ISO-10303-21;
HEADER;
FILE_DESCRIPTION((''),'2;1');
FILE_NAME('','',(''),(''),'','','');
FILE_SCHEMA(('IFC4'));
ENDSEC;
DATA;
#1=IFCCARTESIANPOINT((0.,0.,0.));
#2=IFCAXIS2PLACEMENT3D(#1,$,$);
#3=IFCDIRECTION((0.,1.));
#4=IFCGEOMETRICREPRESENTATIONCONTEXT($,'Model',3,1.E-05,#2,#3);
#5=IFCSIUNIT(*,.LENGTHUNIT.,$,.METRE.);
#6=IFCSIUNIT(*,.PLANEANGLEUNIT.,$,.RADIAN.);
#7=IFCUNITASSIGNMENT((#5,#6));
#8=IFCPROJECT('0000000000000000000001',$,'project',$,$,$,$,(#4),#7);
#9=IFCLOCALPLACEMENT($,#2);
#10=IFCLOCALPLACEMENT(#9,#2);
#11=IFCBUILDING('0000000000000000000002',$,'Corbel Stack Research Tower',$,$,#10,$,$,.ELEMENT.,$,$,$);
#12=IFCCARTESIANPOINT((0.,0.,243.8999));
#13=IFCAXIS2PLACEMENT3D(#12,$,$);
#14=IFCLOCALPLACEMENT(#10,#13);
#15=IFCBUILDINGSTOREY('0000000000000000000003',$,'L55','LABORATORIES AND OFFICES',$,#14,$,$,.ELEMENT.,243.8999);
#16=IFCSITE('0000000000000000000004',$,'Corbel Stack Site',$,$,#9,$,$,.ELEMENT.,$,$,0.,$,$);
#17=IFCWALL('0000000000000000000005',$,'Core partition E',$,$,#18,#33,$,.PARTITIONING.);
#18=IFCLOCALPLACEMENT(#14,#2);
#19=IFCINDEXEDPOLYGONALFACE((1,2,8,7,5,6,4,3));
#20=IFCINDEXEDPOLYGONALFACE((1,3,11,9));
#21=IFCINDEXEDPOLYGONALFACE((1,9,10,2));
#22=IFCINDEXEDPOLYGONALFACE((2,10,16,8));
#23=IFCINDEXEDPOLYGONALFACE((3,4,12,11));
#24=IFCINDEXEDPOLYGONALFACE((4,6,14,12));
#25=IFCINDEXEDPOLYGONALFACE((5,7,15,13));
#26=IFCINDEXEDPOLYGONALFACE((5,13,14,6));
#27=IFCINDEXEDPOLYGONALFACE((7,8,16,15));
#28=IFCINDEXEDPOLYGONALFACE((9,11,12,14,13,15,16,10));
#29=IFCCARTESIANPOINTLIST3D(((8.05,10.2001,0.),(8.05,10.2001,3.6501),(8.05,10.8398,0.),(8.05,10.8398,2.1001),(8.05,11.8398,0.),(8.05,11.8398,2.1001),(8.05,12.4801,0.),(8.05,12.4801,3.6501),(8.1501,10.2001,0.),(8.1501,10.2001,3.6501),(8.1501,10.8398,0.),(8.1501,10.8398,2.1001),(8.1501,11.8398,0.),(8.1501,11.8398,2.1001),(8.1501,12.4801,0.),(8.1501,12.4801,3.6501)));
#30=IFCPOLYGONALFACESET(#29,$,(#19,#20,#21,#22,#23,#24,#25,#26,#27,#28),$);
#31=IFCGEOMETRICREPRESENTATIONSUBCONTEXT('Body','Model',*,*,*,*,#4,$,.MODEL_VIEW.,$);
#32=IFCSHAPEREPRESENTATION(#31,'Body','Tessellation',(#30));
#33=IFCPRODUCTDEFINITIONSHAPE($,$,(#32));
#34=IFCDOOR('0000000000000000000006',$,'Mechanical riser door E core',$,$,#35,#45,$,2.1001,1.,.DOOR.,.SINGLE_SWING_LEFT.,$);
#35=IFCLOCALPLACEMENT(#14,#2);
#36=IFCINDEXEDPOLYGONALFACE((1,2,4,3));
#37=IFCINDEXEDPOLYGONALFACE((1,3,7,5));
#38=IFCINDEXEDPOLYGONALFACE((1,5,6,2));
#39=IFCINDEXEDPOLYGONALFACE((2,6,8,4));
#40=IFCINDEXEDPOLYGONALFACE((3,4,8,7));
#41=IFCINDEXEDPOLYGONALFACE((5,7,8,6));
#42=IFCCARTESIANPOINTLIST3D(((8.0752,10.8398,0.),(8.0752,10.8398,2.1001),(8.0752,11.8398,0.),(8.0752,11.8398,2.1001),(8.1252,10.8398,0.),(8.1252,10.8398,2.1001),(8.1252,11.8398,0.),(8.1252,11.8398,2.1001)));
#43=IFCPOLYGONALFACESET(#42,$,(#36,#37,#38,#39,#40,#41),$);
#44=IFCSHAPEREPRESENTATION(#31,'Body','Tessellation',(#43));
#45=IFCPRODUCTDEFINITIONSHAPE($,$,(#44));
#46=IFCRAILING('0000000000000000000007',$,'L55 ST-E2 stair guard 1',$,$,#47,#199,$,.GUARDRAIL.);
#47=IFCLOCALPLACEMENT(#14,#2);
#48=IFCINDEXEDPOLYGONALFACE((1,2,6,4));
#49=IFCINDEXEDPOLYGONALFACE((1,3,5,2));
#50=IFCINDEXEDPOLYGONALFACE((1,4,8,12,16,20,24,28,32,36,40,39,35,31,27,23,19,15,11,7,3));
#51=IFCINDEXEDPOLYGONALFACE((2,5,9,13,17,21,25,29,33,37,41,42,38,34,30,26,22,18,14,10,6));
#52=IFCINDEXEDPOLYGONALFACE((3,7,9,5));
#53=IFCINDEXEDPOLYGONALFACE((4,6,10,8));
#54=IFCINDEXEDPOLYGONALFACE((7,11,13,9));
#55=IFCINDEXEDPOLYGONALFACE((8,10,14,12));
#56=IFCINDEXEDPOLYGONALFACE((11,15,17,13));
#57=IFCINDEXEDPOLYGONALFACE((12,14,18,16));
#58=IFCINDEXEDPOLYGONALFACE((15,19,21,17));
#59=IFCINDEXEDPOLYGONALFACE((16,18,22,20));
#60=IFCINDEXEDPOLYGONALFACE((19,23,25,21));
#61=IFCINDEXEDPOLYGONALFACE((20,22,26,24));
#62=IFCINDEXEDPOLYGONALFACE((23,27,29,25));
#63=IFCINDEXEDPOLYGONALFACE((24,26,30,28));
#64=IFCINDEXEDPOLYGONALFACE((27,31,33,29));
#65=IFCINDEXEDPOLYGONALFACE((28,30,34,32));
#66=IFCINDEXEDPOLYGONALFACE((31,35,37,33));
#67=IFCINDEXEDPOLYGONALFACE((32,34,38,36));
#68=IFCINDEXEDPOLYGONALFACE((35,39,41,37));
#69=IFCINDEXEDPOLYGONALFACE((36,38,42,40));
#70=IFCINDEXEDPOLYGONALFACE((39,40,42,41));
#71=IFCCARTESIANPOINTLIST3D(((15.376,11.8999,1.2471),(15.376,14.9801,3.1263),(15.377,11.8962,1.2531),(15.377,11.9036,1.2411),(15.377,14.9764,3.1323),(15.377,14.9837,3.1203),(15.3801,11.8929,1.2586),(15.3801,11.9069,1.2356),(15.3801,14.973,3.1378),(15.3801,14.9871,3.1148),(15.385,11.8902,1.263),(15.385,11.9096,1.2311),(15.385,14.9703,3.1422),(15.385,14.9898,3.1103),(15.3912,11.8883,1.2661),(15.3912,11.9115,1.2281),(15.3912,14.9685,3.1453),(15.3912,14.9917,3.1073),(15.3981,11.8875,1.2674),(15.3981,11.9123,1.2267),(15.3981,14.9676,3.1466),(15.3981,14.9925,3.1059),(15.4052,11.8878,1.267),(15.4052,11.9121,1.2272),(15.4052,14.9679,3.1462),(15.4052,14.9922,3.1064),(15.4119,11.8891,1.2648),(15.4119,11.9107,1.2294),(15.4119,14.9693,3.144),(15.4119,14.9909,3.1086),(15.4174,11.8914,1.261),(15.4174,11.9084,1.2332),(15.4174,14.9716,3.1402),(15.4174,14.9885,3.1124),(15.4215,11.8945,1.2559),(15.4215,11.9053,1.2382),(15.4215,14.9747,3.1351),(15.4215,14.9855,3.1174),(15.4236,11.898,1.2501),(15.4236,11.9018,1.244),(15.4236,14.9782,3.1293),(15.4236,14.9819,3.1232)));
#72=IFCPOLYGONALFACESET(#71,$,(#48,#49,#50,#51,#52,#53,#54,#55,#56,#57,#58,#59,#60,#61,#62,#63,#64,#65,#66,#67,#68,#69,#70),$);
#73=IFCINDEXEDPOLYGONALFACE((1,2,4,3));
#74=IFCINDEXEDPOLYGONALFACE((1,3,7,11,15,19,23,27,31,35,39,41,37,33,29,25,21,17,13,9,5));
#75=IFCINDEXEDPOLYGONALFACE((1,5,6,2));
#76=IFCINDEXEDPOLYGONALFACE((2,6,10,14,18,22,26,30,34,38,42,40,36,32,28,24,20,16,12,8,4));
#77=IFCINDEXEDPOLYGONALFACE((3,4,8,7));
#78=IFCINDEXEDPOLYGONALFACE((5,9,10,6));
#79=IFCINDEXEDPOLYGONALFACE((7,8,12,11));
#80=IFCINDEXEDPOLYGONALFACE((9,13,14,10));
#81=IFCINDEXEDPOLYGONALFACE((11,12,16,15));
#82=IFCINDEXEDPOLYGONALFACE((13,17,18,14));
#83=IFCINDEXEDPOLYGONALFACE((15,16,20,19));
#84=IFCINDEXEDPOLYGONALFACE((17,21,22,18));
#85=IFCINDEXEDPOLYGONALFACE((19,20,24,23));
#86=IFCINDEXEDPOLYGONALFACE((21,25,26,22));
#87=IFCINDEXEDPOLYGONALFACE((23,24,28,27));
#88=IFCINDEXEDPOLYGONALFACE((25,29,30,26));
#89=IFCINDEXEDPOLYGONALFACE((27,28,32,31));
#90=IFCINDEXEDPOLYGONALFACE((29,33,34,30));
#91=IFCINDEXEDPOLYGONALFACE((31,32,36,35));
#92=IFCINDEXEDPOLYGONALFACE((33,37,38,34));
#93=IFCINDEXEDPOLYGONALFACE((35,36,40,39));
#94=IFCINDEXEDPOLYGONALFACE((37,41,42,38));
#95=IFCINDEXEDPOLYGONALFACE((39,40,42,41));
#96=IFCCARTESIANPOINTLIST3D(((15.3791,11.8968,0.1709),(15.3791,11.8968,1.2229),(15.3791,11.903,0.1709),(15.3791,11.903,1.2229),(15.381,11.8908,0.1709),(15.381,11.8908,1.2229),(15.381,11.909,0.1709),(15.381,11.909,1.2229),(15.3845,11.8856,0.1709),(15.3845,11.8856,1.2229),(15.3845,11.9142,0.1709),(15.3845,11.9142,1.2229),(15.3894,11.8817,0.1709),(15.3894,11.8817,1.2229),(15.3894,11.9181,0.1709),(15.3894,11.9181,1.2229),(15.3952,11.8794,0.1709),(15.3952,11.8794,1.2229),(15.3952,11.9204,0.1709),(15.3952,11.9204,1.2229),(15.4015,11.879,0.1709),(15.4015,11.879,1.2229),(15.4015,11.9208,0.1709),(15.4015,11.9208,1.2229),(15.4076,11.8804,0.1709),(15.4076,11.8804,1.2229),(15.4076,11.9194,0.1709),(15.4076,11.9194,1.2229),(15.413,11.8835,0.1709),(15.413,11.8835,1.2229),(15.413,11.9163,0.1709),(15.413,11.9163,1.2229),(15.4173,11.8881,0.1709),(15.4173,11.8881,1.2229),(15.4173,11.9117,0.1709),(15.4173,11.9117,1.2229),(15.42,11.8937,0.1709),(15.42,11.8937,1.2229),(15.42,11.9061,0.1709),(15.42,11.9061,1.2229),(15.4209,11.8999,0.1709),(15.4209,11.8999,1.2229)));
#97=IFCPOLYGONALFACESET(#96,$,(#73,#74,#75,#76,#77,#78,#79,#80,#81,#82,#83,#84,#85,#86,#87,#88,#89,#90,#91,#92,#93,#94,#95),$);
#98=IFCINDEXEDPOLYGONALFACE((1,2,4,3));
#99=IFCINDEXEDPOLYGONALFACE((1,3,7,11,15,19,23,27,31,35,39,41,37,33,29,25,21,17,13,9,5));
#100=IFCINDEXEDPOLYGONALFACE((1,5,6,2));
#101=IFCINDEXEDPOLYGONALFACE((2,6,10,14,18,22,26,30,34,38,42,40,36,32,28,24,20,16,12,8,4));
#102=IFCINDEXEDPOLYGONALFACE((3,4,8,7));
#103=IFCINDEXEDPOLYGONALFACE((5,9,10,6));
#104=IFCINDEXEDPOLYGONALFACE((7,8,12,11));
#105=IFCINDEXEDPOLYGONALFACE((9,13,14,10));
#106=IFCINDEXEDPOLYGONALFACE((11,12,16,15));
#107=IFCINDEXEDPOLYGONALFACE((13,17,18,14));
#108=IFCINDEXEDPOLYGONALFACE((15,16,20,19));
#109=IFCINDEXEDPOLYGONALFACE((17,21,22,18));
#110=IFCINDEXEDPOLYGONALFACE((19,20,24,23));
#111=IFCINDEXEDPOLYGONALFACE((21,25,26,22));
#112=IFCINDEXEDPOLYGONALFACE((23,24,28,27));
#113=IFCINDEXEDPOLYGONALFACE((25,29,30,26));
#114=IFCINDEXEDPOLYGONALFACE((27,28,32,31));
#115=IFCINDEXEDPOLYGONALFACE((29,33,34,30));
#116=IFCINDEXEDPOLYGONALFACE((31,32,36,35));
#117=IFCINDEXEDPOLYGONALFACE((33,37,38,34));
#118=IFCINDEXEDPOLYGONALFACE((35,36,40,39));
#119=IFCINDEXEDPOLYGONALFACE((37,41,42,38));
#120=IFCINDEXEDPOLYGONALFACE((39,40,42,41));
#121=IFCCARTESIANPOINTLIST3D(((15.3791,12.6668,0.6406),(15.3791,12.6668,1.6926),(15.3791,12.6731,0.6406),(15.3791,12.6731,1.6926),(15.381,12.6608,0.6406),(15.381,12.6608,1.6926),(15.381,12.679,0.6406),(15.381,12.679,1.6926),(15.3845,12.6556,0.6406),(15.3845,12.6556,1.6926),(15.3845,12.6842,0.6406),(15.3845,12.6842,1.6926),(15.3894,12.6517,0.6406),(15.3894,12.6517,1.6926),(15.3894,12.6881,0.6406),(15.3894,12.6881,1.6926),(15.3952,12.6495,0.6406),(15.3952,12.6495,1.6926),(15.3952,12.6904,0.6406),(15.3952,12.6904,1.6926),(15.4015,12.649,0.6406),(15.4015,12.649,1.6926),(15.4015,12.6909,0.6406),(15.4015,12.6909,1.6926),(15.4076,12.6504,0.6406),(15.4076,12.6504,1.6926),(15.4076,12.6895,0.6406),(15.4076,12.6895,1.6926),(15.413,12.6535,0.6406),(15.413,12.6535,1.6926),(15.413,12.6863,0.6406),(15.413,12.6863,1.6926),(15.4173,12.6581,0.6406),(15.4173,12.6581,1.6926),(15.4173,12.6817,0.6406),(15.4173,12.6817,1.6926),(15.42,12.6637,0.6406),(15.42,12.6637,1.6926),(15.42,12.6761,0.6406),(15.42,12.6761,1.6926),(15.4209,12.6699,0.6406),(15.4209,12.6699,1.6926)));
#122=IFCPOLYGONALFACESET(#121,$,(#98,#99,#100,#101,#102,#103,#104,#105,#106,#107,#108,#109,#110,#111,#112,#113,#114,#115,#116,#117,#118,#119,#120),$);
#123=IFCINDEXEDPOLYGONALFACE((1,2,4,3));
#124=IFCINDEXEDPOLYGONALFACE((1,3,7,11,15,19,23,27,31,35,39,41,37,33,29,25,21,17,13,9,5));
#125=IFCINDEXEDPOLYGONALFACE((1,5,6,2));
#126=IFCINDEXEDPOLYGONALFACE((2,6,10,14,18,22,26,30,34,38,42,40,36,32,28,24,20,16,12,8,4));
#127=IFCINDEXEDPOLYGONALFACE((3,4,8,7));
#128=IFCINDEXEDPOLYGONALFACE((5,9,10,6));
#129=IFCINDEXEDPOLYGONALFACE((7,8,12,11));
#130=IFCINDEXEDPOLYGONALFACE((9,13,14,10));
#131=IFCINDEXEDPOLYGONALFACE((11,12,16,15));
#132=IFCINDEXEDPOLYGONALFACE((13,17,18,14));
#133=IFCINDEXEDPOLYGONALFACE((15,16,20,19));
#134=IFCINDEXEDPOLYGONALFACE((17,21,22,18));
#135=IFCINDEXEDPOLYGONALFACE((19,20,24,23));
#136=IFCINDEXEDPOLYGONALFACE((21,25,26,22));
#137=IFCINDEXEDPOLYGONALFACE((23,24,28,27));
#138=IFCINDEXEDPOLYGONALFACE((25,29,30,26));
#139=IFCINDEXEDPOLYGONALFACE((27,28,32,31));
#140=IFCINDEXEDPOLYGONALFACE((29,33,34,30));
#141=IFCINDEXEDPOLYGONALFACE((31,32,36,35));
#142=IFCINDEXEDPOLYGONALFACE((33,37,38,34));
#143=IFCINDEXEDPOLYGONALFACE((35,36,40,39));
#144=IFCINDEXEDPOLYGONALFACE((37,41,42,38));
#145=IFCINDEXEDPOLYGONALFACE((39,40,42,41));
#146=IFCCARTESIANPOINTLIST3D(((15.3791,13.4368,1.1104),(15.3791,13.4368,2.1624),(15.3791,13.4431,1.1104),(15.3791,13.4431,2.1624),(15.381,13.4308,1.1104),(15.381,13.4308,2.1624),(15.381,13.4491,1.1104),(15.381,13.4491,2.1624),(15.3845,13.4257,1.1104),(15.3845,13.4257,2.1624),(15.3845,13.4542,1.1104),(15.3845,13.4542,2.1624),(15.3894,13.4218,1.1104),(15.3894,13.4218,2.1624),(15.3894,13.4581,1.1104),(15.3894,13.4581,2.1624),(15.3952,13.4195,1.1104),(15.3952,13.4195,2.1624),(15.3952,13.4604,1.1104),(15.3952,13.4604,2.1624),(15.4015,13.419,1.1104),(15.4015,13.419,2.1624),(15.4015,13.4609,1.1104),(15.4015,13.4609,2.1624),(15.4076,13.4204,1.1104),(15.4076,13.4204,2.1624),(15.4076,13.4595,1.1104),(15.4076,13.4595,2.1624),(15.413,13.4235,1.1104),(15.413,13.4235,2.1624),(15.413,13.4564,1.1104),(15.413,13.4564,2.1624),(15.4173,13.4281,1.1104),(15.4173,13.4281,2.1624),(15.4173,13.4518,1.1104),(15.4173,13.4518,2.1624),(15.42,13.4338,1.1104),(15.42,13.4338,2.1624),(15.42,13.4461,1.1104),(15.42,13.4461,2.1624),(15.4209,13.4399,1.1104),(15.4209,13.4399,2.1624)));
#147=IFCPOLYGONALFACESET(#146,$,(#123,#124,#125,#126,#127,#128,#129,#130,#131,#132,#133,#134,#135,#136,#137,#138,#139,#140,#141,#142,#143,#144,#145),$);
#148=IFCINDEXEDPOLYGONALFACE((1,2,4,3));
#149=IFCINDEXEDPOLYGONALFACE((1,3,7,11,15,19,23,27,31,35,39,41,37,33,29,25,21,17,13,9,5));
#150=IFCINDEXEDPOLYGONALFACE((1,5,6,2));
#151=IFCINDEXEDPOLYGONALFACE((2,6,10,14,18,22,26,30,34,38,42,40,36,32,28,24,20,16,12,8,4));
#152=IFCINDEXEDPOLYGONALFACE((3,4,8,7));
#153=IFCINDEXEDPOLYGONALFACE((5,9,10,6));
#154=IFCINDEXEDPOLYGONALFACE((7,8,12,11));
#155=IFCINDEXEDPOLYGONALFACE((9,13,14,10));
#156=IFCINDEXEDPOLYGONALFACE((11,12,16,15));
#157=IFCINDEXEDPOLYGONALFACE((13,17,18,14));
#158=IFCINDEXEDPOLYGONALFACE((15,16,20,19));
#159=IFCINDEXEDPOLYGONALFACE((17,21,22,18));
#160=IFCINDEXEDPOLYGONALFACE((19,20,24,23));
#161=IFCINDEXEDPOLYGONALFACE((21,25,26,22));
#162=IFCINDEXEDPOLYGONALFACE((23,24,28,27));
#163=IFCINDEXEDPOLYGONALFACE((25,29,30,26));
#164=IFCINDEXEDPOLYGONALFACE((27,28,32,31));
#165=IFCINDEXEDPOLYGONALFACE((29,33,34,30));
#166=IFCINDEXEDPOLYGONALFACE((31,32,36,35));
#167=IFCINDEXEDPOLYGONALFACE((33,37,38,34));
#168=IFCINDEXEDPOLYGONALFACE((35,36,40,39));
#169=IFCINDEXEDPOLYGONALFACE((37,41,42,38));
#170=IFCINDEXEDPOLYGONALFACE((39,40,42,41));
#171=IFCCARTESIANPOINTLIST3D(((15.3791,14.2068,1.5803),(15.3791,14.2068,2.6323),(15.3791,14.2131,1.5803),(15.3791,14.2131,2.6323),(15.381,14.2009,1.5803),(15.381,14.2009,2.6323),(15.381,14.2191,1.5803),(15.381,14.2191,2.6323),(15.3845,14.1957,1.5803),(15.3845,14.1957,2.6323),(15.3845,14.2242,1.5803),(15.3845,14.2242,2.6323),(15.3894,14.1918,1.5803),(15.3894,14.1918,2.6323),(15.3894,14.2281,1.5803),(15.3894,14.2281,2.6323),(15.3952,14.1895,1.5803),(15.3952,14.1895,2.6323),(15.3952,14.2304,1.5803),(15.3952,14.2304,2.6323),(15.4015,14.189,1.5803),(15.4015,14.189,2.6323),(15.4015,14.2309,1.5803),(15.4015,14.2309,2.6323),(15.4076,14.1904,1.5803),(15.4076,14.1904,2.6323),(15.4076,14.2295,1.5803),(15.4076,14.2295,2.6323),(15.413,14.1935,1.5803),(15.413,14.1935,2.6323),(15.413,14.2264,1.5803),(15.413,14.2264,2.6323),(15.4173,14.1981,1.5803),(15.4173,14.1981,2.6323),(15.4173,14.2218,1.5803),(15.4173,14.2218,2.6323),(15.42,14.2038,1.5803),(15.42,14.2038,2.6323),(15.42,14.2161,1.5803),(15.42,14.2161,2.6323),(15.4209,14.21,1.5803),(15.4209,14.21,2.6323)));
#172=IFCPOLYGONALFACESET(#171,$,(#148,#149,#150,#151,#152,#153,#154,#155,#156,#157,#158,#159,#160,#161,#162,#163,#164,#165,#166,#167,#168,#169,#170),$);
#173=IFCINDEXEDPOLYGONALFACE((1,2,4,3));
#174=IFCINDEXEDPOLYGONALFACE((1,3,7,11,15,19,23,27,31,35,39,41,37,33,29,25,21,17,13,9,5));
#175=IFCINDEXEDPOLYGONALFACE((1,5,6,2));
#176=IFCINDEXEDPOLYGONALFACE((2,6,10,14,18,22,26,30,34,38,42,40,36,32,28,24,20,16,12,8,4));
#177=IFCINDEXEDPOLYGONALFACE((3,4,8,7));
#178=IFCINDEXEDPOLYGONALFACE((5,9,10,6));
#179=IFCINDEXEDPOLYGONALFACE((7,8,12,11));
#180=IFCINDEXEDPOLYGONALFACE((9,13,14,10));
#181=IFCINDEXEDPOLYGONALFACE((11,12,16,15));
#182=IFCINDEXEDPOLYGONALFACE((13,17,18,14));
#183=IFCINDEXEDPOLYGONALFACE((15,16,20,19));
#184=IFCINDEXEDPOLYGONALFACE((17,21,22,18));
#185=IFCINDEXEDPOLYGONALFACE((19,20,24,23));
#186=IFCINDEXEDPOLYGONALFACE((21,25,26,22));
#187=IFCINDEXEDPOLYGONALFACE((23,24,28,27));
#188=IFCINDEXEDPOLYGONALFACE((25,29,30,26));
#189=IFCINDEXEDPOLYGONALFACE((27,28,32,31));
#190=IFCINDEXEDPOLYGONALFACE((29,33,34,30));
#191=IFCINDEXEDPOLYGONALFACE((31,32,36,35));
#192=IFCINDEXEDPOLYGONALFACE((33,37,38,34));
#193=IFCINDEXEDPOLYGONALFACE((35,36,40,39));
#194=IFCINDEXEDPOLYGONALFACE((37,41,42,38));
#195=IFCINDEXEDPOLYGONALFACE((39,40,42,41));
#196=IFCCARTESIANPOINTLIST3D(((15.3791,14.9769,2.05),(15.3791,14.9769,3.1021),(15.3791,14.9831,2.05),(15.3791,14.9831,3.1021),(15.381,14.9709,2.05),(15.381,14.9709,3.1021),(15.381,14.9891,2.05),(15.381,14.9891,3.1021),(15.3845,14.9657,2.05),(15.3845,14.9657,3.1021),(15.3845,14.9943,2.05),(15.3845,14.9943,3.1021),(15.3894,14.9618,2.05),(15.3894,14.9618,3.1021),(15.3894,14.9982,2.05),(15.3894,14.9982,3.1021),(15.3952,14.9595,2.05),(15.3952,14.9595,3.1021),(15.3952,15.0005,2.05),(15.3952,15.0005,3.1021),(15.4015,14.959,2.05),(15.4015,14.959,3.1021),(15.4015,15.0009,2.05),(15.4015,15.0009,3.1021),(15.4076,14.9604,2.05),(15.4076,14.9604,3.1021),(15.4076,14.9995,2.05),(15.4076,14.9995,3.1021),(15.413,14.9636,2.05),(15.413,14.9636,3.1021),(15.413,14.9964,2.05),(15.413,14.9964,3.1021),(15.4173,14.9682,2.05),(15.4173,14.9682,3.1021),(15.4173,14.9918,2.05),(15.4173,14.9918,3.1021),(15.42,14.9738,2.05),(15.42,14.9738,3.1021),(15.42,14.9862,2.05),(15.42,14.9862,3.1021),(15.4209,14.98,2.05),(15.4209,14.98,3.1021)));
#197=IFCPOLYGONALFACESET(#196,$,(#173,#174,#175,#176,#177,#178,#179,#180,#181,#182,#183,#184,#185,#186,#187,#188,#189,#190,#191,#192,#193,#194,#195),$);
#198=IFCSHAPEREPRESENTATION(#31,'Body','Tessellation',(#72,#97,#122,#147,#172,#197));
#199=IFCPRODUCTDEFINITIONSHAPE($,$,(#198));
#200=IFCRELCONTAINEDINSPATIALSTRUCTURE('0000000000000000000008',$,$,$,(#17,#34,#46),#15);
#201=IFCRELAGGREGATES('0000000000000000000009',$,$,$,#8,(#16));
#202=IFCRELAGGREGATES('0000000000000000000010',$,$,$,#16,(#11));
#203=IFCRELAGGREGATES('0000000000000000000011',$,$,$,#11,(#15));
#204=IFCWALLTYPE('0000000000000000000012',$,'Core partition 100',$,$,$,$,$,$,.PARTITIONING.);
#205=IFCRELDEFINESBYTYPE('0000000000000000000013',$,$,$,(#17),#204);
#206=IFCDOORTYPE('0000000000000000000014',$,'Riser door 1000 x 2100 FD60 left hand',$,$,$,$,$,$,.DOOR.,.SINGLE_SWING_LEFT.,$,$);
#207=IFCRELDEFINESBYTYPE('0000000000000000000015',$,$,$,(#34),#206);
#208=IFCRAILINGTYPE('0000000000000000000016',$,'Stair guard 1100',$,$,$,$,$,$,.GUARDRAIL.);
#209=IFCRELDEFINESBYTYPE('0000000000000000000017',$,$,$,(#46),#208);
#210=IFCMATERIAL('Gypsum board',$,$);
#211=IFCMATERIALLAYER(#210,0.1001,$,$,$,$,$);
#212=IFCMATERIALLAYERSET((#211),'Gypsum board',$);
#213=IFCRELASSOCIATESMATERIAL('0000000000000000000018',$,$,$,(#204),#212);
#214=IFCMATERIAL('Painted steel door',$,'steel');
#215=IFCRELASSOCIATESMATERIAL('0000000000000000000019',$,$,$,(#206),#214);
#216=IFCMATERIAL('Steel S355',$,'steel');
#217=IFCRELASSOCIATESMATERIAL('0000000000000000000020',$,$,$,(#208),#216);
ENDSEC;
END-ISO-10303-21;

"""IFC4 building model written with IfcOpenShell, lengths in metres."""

from ifc_helpers import new_model, si_unit, direction, frame, frame_2d, origin, origin_2d, place, context, subcontext, project, spatial, rectangle, circle, extrude, material, layer, layer_set, type_object, element, fill, save


model = new_model("IFC4")

# Units and contexts
model_context = context("Model", 3, precision=1e-05, world=origin(), true_north=direction((0.0, 1.0)))
body_context = subcontext(model_context, "Body", "Model", "MODEL_VIEW")
ifc_project = project(units=[si_unit("LENGTHUNIT", "METRE"), si_unit("PLANEANGLEUNIT", "RADIAN")], contexts=[model_context])

# Site, building, storey
site_placement = place(None, origin())
site = spatial("IfcSite", under=ifc_project, at=site_placement, Name="Corbel Stack Site", CompositionType="ELEMENT", RefElevation=0.0)
building_placement = place(site_placement, origin())
building = spatial("IfcBuilding", under=site, at=building_placement, Name="Corbel Stack Research Tower", CompositionType="ELEMENT")
storey_placement = place(building_placement, frame((0.0, 0.0, 243.8999)))
storey = spatial("IfcBuildingStorey", under=building, at=storey_placement, Name="L55", Description="LABORATORIES AND OFFICES", CompositionType="ELEMENT", Elevation=243.8999)

# Wall, opening, door
ifc_material_1 = material(Name="Gypsum board")
ifc_layer_1 = layer(ifc_material_1, 0.1001)
ifc_layer_set_1 = layer_set([ifc_layer_1], Name="Gypsum board")
wall_type_1 = type_object("IfcWallType", Name="Core partition 100", PredefinedType="PARTITIONING", material=ifc_layer_set_1)
wall_1_placement = place(storey_placement, frame((8.1001, 10.2, 0.0), z_axis=(0.0, 0.0, 1.0), x_axis=(0.0, 1.0, 0.0)))
wall_1 = element("IfcWall", 1, at=wall_1_placement, inside=storey, type_object=wall_type_1, Name="Core partition E", PredefinedType="PARTITIONING", context=body_context, shape_type="SweptSolid", body=[
    extrude(rectangle(XDim=2.28, YDim=0.1001, at=frame_2d((1.1401, 0.0))), origin(), (0.0, 0.0, 1.0), 3.6501),
])
opening_1_placement = place(wall_1_placement, frame((0.6399, 0.0, 0.0)))
opening_1 = element("IfcOpeningElement", 2, at=opening_1_placement, cuts=wall_1, PredefinedType="OPENING", context=body_context, shape_type="SweptSolid", body=[
    extrude(rectangle(XDim=1.0, YDim=2.1001, at=frame_2d((0.5, 1.05))), frame((0.0, 0.0601, 0.0), z_axis=(0.0, -1.0, 0.0), x_axis=(1.0, 0.0, 0.0)), (0.0, 0.0, 1.0), 0.1201),
])
ifc_material_2 = material(Name="Painted steel door", Category="steel")
door_type_1 = type_object("IfcDoorType", Name="Riser door 1000 x 2100 FD60 left hand", OperationType="SINGLE_SWING_LEFT", PredefinedType="DOOR", material=ifc_material_2)
door_1_placement = place(opening_1_placement, origin())
door_1 = element("IfcDoor", 3, at=door_1_placement, inside=storey, type_object=door_type_1, Name="Mechanical riser door E core", OperationType="SINGLE_SWING_LEFT", OverallHeight=2.1001, OverallWidth=1.0, PredefinedType="DOOR", context=body_context, shape_type="SweptSolid", body=[
    extrude(rectangle(XDim=1.0, YDim=2.1001, at=frame_2d((0.5, 1.05))), frame((0.0, 0.0249, 0.0), z_axis=(0.0, -1.0, 0.0), x_axis=(1.0, 0.0, 0.0)), (0.0, 0.0, 1.0), 0.05),
])
fill(opening_1, door_1)

# Railing
ifc_material_3 = material(Name="Steel S355", Category="steel")
railing_type = type_object("IfcRailingType", Name="Stair guard 1100", PredefinedType="GUARDRAIL", material=ifc_material_3)
railing_1_placement = place(storey_placement, frame((15.3999, 11.8999, 0.1709)))
element("IfcRailing", 4, at=railing_1_placement, inside=storey, type_object=railing_type, Name="L55 ST-E2 stair guard 1", PredefinedType="GUARDRAIL", context=body_context, shape_type="SweptSolid", body=[
    extrude(circle(Radius=0.0239, at=origin_2d()), frame((0.0, 0.0, 1.0762), z_axis=(0.0, 0.853666, 0.52082), x_axis=(-1.0, 0.0, 0.0)), (0.0, 0.0, 1.0), 3.6082),
    extrude(circle(Radius=0.021, at=origin_2d()), origin(), (0.0, 0.0, 1.0), 1.052),
    extrude(circle(Radius=0.021, at=origin_2d()), frame((0.0, 0.77, 0.4697)), (0.0, 0.0, 1.0), 1.052),
    extrude(circle(Radius=0.021, at=origin_2d()), frame((0.0, 1.54, 0.9395)), (0.0, 0.0, 1.0), 1.052),
    extrude(circle(Radius=0.021, at=origin_2d()), frame((0.0, 2.3101, 1.4094)), (0.0, 0.0, 1.0), 1.052),
    extrude(circle(Radius=0.021, at=origin_2d()), frame((0.0, 3.0801, 1.8792)), (0.0, 0.0, 1.0), 1.052),
])

save(model, "model.ifc")
